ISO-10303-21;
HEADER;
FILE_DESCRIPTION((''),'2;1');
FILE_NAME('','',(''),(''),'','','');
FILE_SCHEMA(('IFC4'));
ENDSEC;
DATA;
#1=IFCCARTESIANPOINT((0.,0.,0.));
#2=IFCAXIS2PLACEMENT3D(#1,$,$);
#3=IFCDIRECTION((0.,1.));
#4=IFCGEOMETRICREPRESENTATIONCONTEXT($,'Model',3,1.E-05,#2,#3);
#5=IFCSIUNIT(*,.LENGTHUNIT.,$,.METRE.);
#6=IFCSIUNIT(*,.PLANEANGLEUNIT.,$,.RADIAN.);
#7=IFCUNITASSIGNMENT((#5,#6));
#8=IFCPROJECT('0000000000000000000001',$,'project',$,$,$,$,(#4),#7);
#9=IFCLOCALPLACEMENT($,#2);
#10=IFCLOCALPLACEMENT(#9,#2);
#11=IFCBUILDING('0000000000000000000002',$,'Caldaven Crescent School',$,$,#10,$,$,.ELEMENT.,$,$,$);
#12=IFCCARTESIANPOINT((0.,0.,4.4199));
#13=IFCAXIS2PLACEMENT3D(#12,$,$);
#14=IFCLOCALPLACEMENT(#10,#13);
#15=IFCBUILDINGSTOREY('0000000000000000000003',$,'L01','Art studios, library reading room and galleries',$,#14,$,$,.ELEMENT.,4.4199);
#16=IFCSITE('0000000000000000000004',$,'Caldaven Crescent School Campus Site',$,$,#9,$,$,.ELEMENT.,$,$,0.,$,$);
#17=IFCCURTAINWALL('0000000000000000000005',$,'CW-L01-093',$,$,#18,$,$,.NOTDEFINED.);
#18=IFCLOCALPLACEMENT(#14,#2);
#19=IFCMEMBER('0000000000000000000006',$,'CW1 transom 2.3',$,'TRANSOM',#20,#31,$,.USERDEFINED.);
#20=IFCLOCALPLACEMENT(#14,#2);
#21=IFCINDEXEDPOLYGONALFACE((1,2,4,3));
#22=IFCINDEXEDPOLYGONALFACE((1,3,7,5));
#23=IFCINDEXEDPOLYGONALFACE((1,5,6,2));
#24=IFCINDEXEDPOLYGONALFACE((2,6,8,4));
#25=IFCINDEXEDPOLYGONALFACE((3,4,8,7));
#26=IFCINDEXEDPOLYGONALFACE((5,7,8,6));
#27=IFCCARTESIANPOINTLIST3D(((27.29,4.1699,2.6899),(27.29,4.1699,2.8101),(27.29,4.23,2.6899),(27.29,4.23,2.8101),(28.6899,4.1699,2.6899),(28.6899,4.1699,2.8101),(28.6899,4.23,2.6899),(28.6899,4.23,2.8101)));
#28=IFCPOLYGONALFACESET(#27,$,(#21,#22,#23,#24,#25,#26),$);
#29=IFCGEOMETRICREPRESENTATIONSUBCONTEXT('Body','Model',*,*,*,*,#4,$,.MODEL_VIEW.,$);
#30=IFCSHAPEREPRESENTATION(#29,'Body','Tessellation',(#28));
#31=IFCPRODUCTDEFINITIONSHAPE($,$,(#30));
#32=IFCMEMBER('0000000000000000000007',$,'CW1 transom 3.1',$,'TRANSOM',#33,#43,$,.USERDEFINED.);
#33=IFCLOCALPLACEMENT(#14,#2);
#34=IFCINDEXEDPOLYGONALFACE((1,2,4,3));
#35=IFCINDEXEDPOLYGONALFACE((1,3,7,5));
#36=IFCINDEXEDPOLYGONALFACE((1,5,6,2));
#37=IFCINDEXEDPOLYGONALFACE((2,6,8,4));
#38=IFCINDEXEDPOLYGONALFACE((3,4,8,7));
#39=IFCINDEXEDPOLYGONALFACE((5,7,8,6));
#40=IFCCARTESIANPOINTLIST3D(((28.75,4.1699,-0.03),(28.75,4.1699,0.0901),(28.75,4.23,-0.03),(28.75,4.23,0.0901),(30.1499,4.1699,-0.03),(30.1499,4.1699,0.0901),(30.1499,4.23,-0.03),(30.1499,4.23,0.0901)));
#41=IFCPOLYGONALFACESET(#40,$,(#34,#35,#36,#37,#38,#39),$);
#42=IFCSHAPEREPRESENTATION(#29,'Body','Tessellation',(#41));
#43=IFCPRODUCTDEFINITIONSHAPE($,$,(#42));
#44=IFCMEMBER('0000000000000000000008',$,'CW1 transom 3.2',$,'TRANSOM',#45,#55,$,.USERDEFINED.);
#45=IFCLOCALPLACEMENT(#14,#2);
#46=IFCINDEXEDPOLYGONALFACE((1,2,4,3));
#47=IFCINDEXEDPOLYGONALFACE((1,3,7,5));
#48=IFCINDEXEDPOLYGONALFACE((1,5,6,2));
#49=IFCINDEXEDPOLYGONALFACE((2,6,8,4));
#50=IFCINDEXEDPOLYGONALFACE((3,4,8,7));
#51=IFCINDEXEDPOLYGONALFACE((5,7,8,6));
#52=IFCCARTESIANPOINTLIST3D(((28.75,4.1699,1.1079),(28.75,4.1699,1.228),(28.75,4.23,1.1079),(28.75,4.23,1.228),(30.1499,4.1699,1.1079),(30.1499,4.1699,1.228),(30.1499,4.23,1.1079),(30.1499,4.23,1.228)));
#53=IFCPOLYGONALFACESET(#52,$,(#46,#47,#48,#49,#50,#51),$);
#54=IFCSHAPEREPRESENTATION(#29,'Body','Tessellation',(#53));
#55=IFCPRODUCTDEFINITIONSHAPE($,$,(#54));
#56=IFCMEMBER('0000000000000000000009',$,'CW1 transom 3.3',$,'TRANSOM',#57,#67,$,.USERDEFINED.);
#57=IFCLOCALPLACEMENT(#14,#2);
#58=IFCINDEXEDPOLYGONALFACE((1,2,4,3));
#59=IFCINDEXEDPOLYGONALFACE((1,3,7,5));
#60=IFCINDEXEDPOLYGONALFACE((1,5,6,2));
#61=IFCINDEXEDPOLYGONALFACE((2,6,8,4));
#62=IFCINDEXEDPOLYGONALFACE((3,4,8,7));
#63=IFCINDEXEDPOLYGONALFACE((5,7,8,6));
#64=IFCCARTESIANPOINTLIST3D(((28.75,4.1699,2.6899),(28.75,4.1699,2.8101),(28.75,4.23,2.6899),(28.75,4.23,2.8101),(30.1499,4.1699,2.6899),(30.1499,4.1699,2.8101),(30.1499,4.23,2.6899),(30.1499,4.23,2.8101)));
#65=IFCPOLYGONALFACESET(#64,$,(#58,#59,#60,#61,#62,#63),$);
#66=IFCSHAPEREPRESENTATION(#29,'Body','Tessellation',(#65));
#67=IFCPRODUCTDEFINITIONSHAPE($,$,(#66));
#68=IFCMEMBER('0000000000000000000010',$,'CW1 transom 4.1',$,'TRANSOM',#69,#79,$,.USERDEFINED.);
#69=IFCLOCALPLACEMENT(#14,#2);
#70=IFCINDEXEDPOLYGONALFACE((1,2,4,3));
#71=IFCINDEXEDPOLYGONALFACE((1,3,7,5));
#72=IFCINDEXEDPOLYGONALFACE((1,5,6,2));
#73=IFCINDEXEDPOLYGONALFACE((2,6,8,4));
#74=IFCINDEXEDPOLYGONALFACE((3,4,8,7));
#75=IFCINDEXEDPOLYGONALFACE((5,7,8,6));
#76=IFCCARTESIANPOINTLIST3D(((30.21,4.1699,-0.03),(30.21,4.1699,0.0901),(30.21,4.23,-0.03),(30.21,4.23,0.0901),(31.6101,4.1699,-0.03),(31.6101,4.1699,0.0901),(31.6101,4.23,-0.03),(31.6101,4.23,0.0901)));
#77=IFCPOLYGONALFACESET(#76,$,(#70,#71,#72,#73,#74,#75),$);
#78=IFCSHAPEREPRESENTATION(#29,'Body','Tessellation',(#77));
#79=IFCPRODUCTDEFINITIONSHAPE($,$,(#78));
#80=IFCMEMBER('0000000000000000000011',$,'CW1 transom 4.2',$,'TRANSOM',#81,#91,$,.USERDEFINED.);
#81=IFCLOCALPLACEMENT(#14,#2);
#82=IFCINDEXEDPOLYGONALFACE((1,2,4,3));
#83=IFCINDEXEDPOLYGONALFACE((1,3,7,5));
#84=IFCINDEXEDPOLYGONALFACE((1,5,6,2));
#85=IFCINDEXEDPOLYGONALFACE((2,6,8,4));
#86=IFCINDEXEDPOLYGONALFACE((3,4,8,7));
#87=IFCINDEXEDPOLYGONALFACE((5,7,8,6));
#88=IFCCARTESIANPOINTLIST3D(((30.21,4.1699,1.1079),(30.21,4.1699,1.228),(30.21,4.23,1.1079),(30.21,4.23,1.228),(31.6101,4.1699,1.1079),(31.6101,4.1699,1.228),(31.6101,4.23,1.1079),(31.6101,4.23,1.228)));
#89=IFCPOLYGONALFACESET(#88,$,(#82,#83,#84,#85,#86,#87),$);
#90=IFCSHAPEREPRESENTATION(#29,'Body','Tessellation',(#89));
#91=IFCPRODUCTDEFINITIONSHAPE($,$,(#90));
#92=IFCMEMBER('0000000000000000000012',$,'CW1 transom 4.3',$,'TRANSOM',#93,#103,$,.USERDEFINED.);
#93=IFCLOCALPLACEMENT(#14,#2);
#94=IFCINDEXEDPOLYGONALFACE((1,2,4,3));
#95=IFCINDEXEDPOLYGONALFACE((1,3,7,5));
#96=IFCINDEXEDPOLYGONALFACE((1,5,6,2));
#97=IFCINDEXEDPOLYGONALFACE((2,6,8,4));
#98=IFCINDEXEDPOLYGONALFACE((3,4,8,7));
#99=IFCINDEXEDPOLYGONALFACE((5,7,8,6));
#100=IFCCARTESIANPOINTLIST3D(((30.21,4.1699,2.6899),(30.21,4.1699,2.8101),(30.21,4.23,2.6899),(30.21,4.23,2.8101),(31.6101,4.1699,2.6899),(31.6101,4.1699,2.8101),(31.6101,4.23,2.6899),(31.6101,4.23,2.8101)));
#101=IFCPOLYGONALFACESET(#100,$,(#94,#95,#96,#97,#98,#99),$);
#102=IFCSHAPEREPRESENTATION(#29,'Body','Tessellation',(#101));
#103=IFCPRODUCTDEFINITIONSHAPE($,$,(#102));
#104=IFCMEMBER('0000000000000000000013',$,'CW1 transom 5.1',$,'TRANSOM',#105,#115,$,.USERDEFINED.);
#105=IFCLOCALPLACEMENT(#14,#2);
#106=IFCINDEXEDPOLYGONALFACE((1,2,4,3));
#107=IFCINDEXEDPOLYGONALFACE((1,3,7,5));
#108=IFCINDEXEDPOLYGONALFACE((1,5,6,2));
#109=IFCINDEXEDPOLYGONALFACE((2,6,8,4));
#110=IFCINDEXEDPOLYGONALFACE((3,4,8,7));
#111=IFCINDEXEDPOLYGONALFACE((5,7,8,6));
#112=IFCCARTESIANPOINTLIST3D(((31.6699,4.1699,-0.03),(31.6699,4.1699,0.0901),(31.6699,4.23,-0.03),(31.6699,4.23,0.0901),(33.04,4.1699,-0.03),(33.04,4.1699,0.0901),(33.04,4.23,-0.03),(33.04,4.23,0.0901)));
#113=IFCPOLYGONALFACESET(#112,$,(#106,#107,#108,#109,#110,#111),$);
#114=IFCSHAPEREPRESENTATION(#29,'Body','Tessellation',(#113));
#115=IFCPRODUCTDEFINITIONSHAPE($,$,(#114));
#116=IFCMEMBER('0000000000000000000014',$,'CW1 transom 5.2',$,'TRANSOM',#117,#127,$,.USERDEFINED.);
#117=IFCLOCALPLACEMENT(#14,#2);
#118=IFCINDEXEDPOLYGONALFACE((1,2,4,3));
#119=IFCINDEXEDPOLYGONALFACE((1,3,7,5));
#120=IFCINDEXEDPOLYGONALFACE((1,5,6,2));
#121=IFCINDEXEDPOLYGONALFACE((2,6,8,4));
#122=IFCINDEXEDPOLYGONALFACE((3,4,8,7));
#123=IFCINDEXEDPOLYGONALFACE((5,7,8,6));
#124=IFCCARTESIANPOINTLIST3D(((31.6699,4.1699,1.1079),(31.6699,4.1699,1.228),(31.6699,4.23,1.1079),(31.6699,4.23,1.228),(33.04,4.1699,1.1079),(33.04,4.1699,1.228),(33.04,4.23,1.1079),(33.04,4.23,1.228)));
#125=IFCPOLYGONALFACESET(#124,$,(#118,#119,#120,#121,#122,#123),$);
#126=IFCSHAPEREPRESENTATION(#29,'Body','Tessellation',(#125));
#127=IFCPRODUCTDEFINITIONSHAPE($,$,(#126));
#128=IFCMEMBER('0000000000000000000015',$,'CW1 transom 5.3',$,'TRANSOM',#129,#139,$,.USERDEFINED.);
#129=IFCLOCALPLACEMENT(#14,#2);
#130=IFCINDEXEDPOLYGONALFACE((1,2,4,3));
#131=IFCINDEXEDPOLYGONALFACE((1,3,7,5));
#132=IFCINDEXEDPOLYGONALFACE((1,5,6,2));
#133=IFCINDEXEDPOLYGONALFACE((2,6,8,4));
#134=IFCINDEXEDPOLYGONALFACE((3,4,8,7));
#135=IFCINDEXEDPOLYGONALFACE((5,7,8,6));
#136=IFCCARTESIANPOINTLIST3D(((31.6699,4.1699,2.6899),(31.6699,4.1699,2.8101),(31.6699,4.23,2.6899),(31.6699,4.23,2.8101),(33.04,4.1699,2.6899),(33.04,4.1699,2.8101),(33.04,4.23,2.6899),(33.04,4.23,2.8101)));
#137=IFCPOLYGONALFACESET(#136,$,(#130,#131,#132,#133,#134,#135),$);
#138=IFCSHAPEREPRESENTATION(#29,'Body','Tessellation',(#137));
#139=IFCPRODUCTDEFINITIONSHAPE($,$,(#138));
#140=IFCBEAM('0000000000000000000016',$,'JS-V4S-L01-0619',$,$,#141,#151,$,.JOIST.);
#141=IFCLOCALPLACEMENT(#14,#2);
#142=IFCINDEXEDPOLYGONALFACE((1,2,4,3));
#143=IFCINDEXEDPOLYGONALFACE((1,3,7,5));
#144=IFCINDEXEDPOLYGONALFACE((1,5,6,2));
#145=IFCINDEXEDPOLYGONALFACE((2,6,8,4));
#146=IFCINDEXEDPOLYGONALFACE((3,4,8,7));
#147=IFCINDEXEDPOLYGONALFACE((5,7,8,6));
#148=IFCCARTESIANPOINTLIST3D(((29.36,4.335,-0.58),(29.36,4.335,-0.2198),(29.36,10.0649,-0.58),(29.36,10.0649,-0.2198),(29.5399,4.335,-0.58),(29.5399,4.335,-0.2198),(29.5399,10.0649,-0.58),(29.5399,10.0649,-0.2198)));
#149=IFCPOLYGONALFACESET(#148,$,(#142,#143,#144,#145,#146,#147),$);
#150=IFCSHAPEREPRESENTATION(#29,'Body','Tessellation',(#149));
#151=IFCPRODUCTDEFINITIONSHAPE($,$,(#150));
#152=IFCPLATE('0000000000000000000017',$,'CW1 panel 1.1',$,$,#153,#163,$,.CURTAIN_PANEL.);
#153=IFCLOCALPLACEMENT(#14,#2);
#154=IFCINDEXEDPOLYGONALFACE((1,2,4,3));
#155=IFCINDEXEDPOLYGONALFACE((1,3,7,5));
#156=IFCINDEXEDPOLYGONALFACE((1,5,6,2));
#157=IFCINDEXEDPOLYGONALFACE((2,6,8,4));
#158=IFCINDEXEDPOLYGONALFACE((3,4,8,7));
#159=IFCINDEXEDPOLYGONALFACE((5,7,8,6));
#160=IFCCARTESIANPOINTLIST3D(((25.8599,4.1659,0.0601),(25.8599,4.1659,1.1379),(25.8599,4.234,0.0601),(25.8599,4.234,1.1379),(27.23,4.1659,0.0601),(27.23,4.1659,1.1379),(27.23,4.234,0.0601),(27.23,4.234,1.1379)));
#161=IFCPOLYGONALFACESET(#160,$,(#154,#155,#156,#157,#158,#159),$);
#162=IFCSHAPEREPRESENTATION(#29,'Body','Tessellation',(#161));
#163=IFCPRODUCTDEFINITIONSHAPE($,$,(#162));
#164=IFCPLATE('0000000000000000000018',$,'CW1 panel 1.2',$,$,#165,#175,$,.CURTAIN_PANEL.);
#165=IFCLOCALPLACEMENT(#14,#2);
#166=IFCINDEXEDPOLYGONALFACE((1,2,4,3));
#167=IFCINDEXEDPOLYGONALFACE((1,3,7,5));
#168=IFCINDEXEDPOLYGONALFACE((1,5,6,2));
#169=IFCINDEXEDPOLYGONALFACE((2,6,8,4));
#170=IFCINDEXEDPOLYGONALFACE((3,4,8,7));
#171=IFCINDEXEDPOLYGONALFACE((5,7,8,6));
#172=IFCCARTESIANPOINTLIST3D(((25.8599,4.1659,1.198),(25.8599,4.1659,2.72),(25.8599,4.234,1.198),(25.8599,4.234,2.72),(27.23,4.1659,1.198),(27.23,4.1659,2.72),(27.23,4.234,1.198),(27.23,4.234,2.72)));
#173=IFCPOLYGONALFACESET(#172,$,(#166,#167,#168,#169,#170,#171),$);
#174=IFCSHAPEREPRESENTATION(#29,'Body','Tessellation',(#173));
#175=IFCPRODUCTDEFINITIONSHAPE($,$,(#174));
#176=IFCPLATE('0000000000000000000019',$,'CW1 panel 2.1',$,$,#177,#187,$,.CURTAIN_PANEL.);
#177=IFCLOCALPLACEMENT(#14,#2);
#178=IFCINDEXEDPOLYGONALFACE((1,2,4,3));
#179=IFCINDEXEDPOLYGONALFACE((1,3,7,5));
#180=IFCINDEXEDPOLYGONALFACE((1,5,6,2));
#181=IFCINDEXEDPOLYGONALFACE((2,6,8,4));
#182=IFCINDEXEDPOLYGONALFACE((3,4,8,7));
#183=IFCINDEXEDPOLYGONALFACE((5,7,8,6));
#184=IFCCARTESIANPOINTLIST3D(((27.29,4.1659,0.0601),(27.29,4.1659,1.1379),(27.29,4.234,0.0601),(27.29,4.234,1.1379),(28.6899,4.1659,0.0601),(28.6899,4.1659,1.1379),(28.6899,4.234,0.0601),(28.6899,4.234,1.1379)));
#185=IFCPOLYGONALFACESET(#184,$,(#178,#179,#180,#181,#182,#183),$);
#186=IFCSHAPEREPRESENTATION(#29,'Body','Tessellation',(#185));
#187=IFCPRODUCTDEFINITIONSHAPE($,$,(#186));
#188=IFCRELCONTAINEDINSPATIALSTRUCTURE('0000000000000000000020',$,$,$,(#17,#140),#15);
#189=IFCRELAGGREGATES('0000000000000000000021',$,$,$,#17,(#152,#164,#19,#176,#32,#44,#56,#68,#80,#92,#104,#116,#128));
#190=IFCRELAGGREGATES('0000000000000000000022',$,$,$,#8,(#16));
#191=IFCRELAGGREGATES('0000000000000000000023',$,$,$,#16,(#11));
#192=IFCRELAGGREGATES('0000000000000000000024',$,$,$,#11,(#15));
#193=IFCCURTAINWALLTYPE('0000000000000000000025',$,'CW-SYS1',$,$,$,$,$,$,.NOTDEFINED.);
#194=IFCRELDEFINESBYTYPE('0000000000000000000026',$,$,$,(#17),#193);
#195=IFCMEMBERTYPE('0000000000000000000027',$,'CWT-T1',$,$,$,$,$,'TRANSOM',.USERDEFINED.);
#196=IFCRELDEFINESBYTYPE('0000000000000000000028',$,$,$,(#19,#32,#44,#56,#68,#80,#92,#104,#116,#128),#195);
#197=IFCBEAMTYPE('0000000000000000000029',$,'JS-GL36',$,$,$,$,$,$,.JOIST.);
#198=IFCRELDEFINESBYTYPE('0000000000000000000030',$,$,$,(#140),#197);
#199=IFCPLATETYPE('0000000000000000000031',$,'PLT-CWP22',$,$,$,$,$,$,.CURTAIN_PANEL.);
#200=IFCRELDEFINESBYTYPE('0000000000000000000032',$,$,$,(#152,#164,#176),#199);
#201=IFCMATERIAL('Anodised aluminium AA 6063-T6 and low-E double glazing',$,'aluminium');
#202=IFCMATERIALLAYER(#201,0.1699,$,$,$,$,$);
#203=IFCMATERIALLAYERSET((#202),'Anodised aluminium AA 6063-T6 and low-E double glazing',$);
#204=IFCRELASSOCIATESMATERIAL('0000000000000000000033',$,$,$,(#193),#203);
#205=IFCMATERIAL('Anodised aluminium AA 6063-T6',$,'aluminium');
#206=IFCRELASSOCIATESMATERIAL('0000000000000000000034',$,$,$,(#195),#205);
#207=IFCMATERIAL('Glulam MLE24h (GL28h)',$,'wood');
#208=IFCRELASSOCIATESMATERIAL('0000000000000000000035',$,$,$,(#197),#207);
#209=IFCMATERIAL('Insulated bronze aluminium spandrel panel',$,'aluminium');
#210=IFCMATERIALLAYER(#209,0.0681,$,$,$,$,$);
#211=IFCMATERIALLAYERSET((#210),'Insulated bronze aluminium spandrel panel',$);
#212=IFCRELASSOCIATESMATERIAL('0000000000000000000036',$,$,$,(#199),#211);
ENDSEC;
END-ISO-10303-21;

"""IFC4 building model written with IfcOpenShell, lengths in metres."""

from ifc_helpers import new_model, si_unit, direction, frame, origin, origin_2d, place, context, subcontext, project, spatial, rectangle, extrude, material, layer, layer_set, material_profile, profile_set, type_object, element, aggregate, save


model = new_model("IFC4")

# Units and contexts
model_context = context("Model", 3, precision=1e-05, world=origin(), true_north=direction((0.0, 1.0)))
body_context = subcontext(model_context, "Body", "Model", "MODEL_VIEW")
ifc_project = project(units=[si_unit("LENGTHUNIT", "METRE"), si_unit("PLANEANGLEUNIT", "RADIAN")], contexts=[model_context])

# Site, building, storey
site_placement = place(None, origin())
site = spatial("IfcSite", under=ifc_project, at=site_placement, Name="Caldaven Crescent School Campus Site", CompositionType="ELEMENT", RefElevation=0.0)
building_placement = place(site_placement, origin())
building = spatial("IfcBuilding", under=site, at=building_placement, Name="Caldaven Crescent School", CompositionType="ELEMENT")
storey_placement = place(building_placement, frame((0.0, 0.0, 4.4199)))
storey = spatial("IfcBuildingStorey", under=building, at=storey_placement, Name="L01", Description="Art studios, library reading room and galleries", CompositionType="ELEMENT", Elevation=4.4199)

# Shared definitions
ifc_material_1 = material(Name="Glulam MLE24h (GL28h)", Category="wood")

# Curtain wall, members
ifc_material_2 = material(Name="Anodised aluminium AA 6063-T6 and low-E double glazing", Category="aluminium")
ifc_layer_1 = layer(ifc_material_2, 0.1699)
ifc_layer_set_1 = layer_set([ifc_layer_1], Name="Anodised aluminium AA 6063-T6 and low-E double glazing")
curtain_wall_type = type_object("IfcCurtainWallType", Name="CW-SYS1", PredefinedType="NOTDEFINED", material=ifc_layer_set_1)
curtain_wall_placement = place(storey_placement, origin())
curtain_wall = element("IfcCurtainWall", 1, at=curtain_wall_placement, inside=storey, type_object=curtain_wall_type, Name="CW-L01-093", PredefinedType="NOTDEFINED")
ifc_material_3 = material(Name="Anodised aluminium AA 6063-T6", Category="aluminium")
ifc_material_profile_1 = material_profile(ifc_material_3, rectangle(XDim=0.0601, YDim=0.1201, at=origin_2d()), Name="CWT 60x120")
ifc_profile_set_1 = profile_set([ifc_material_profile_1], Name="Anodised aluminium AA 6063-T6")
member_type_1 = type_object("IfcMemberType", Name="CWT-T1", ElementType="TRANSOM", PredefinedType="USERDEFINED", material=ifc_profile_set_1)
member_1_placement = place(storey_placement, frame((27.29, 4.2, 2.75), z_axis=(1.0, 0.0, 0.0), x_axis=(0.0, 1.0, 0.0)))
member_1 = element("IfcMember", 2, at=member_1_placement, type_object=member_type_1, Name="CW1 transom 2.3", ObjectType="TRANSOM", PredefinedType="USERDEFINED", context=body_context, shape_type="SweptSolid", body=[
    extrude(rectangle(XDim=0.0601, YDim=0.1201, at=origin_2d()), origin(), (0.0, 0.0, 1.0), 1.3999),
])
member_2_placement = place(storey_placement, frame((28.75, 4.2, 0.03), z_axis=(1.0, 0.0, 0.0), x_axis=(0.0, 1.0, 0.0)))
member_2 = element("IfcMember", 3, at=member_2_placement, type_object=member_type_1, Name="CW1 transom 3.1", ObjectType="TRANSOM", PredefinedType="USERDEFINED", context=body_context, shape_type="SweptSolid", body=[
    extrude(rectangle(XDim=0.0601, YDim=0.1201, at=origin_2d()), origin(), (0.0, 0.0, 1.0), 1.3999),
])
member_3_placement = place(storey_placement, frame((28.75, 4.2, 1.168), z_axis=(1.0, 0.0, 0.0), x_axis=(0.0, 1.0, 0.0)))
member_3 = element("IfcMember", 4, at=member_3_placement, type_object=member_type_1, Name="CW1 transom 3.2", ObjectType="TRANSOM", PredefinedType="USERDEFINED", context=body_context, shape_type="SweptSolid", body=[
    extrude(rectangle(XDim=0.0601, YDim=0.1201, at=origin_2d()), origin(), (0.0, 0.0, 1.0), 1.3999),
])
member_4_placement = place(storey_placement, frame((28.75, 4.2, 2.75), z_axis=(1.0, 0.0, 0.0), x_axis=(0.0, 1.0, 0.0)))
member_4 = element("IfcMember", 5, at=member_4_placement, type_object=member_type_1, Name="CW1 transom 3.3", ObjectType="TRANSOM", PredefinedType="USERDEFINED", context=body_context, shape_type="SweptSolid", body=[
    extrude(rectangle(XDim=0.0601, YDim=0.1201, at=origin_2d()), origin(), (0.0, 0.0, 1.0), 1.3999),
])
member_5_placement = place(storey_placement, frame((30.21, 4.2, 0.03), z_axis=(1.0, 0.0, 0.0), x_axis=(0.0, 1.0, 0.0)))
member_5 = element("IfcMember", 6, at=member_5_placement, type_object=member_type_1, Name="CW1 transom 4.1", ObjectType="TRANSOM", PredefinedType="USERDEFINED", context=body_context, shape_type="SweptSolid", body=[
    extrude(rectangle(XDim=0.0601, YDim=0.1201, at=origin_2d()), origin(), (0.0, 0.0, 1.0), 1.4001),
])
member_6_placement = place(storey_placement, frame((30.21, 4.2, 1.168), z_axis=(1.0, 0.0, 0.0), x_axis=(0.0, 1.0, 0.0)))
member_6 = element("IfcMember", 7, at=member_6_placement, type_object=member_type_1, Name="CW1 transom 4.2", ObjectType="TRANSOM", PredefinedType="USERDEFINED", context=body_context, shape_type="SweptSolid", body=[
    extrude(rectangle(XDim=0.0601, YDim=0.1201, at=origin_2d()), origin(), (0.0, 0.0, 1.0), 1.4001),
])
member_7_placement = place(storey_placement, frame((30.21, 4.2, 2.75), z_axis=(1.0, 0.0, 0.0), x_axis=(0.0, 1.0, 0.0)))
member_7 = element("IfcMember", 8, at=member_7_placement, type_object=member_type_1, Name="CW1 transom 4.3", ObjectType="TRANSOM", PredefinedType="USERDEFINED", context=body_context, shape_type="SweptSolid", body=[
    extrude(rectangle(XDim=0.0601, YDim=0.1201, at=origin_2d()), origin(), (0.0, 0.0, 1.0), 1.4001),
])
member_8_placement = place(storey_placement, frame((31.6699, 4.2, 0.03), z_axis=(1.0, 0.0, 0.0), x_axis=(0.0, 1.0, 0.0)))
member_8 = element("IfcMember", 9, at=member_8_placement, type_object=member_type_1, Name="CW1 transom 5.1", ObjectType="TRANSOM", PredefinedType="USERDEFINED", context=body_context, shape_type="SweptSolid", body=[
    extrude(rectangle(XDim=0.0601, YDim=0.1201, at=origin_2d()), origin(), (0.0, 0.0, 1.0), 1.3701),
])
member_9_placement = place(storey_placement, frame((31.6699, 4.2, 1.168), z_axis=(1.0, 0.0, 0.0), x_axis=(0.0, 1.0, 0.0)))
member_9 = element("IfcMember", 10, at=member_9_placement, type_object=member_type_1, Name="CW1 transom 5.2", ObjectType="TRANSOM", PredefinedType="USERDEFINED", context=body_context, shape_type="SweptSolid", body=[
    extrude(rectangle(XDim=0.0601, YDim=0.1201, at=origin_2d()), origin(), (0.0, 0.0, 1.0), 1.3701),
])
member_10_placement = place(storey_placement, frame((31.6699, 4.2, 2.75), z_axis=(1.0, 0.0, 0.0), x_axis=(0.0, 1.0, 0.0)))
member_10 = element("IfcMember", 11, at=member_10_placement, type_object=member_type_1, Name="CW1 transom 5.3", ObjectType="TRANSOM", PredefinedType="USERDEFINED", context=body_context, shape_type="SweptSolid", body=[
    extrude(rectangle(XDim=0.0601, YDim=0.1201, at=origin_2d()), origin(), (0.0, 0.0, 1.0), 1.3701),
])

# Beam
ifc_material_profile_2 = material_profile(ifc_material_1, rectangle(XDim=0.1799, YDim=0.3601, at=origin_2d()), Name="MLE 180x360")
ifc_profile_set_2 = profile_set([ifc_material_profile_2], Name="Glulam MLE24h (GL28h)")
beam_type_1 = type_object("IfcBeamType", Name="JS-GL36", PredefinedType="JOIST", material=ifc_profile_set_2)
beam_1_placement = place(storey_placement, frame((29.45, 4.335, -0.3999), z_axis=(0.0, 1.0, 0.0), x_axis=(-1.0, 0.0, 0.0)))
element("IfcBeam", 12, at=beam_1_placement, inside=storey, type_object=beam_type_1, Name="JS-V4S-L01-0619", PredefinedType="JOIST", context=body_context, shape_type="SweptSolid", body=[
    extrude(rectangle(XDim=0.1799, YDim=0.3601, at=origin_2d()), origin(), (0.0, 0.0, 1.0), 5.73),
])

# Plates
ifc_material_4 = material(Name="Insulated bronze aluminium spandrel panel", Category="aluminium")
ifc_layer_2 = layer(ifc_material_4, 0.0681)
ifc_layer_set_2 = layer_set([ifc_layer_2], Name="Insulated bronze aluminium spandrel panel")
plate_type = type_object("IfcPlateType", Name="PLT-CWP22", PredefinedType="CURTAIN_PANEL", material=ifc_layer_set_2)
plate_1_placement = place(storey_placement, frame((26.5449, 4.2, 0.0601), z_axis=(0.0, 0.0, 1.0), x_axis=(1.0, 0.0, 0.0)))
plate_1 = element("IfcPlate", 13, at=plate_1_placement, type_object=plate_type, Name="CW1 panel 1.1", PredefinedType="CURTAIN_PANEL", context=body_context, shape_type="SweptSolid", body=[
    extrude(rectangle(XDim=1.3701, YDim=0.0681, at=origin_2d()), origin(), (0.0, 0.0, 1.0), 1.0779),
])
plate_2_placement = place(storey_placement, frame((26.5449, 4.2, 1.198), z_axis=(0.0, 0.0, 1.0), x_axis=(1.0, 0.0, 0.0)))
plate_2 = element("IfcPlate", 14, at=plate_2_placement, type_object=plate_type, Name="CW1 panel 1.2", PredefinedType="CURTAIN_PANEL", context=body_context, shape_type="SweptSolid", body=[
    extrude(rectangle(XDim=1.3701, YDim=0.0681, at=origin_2d()), origin(), (0.0, 0.0, 1.0), 1.522),
])
plate_3_placement = place(storey_placement, frame((27.99, 4.2, 0.0601), z_axis=(0.0, 0.0, 1.0), x_axis=(1.0, 0.0, 0.0)))
plate_3 = element("IfcPlate", 15, at=plate_3_placement, type_object=plate_type, Name="CW1 panel 2.1", PredefinedType="CURTAIN_PANEL", context=body_context, shape_type="SweptSolid", body=[
    extrude(rectangle(XDim=1.3999, YDim=0.0681, at=origin_2d()), origin(), (0.0, 0.0, 1.0), 1.0779),
])
aggregate(curtain_wall, [plate_1, plate_2, member_1, plate_3, member_2, member_3, member_4, member_5, member_6, member_7, member_8, member_9, member_10])

save(model, "model.ifc")
